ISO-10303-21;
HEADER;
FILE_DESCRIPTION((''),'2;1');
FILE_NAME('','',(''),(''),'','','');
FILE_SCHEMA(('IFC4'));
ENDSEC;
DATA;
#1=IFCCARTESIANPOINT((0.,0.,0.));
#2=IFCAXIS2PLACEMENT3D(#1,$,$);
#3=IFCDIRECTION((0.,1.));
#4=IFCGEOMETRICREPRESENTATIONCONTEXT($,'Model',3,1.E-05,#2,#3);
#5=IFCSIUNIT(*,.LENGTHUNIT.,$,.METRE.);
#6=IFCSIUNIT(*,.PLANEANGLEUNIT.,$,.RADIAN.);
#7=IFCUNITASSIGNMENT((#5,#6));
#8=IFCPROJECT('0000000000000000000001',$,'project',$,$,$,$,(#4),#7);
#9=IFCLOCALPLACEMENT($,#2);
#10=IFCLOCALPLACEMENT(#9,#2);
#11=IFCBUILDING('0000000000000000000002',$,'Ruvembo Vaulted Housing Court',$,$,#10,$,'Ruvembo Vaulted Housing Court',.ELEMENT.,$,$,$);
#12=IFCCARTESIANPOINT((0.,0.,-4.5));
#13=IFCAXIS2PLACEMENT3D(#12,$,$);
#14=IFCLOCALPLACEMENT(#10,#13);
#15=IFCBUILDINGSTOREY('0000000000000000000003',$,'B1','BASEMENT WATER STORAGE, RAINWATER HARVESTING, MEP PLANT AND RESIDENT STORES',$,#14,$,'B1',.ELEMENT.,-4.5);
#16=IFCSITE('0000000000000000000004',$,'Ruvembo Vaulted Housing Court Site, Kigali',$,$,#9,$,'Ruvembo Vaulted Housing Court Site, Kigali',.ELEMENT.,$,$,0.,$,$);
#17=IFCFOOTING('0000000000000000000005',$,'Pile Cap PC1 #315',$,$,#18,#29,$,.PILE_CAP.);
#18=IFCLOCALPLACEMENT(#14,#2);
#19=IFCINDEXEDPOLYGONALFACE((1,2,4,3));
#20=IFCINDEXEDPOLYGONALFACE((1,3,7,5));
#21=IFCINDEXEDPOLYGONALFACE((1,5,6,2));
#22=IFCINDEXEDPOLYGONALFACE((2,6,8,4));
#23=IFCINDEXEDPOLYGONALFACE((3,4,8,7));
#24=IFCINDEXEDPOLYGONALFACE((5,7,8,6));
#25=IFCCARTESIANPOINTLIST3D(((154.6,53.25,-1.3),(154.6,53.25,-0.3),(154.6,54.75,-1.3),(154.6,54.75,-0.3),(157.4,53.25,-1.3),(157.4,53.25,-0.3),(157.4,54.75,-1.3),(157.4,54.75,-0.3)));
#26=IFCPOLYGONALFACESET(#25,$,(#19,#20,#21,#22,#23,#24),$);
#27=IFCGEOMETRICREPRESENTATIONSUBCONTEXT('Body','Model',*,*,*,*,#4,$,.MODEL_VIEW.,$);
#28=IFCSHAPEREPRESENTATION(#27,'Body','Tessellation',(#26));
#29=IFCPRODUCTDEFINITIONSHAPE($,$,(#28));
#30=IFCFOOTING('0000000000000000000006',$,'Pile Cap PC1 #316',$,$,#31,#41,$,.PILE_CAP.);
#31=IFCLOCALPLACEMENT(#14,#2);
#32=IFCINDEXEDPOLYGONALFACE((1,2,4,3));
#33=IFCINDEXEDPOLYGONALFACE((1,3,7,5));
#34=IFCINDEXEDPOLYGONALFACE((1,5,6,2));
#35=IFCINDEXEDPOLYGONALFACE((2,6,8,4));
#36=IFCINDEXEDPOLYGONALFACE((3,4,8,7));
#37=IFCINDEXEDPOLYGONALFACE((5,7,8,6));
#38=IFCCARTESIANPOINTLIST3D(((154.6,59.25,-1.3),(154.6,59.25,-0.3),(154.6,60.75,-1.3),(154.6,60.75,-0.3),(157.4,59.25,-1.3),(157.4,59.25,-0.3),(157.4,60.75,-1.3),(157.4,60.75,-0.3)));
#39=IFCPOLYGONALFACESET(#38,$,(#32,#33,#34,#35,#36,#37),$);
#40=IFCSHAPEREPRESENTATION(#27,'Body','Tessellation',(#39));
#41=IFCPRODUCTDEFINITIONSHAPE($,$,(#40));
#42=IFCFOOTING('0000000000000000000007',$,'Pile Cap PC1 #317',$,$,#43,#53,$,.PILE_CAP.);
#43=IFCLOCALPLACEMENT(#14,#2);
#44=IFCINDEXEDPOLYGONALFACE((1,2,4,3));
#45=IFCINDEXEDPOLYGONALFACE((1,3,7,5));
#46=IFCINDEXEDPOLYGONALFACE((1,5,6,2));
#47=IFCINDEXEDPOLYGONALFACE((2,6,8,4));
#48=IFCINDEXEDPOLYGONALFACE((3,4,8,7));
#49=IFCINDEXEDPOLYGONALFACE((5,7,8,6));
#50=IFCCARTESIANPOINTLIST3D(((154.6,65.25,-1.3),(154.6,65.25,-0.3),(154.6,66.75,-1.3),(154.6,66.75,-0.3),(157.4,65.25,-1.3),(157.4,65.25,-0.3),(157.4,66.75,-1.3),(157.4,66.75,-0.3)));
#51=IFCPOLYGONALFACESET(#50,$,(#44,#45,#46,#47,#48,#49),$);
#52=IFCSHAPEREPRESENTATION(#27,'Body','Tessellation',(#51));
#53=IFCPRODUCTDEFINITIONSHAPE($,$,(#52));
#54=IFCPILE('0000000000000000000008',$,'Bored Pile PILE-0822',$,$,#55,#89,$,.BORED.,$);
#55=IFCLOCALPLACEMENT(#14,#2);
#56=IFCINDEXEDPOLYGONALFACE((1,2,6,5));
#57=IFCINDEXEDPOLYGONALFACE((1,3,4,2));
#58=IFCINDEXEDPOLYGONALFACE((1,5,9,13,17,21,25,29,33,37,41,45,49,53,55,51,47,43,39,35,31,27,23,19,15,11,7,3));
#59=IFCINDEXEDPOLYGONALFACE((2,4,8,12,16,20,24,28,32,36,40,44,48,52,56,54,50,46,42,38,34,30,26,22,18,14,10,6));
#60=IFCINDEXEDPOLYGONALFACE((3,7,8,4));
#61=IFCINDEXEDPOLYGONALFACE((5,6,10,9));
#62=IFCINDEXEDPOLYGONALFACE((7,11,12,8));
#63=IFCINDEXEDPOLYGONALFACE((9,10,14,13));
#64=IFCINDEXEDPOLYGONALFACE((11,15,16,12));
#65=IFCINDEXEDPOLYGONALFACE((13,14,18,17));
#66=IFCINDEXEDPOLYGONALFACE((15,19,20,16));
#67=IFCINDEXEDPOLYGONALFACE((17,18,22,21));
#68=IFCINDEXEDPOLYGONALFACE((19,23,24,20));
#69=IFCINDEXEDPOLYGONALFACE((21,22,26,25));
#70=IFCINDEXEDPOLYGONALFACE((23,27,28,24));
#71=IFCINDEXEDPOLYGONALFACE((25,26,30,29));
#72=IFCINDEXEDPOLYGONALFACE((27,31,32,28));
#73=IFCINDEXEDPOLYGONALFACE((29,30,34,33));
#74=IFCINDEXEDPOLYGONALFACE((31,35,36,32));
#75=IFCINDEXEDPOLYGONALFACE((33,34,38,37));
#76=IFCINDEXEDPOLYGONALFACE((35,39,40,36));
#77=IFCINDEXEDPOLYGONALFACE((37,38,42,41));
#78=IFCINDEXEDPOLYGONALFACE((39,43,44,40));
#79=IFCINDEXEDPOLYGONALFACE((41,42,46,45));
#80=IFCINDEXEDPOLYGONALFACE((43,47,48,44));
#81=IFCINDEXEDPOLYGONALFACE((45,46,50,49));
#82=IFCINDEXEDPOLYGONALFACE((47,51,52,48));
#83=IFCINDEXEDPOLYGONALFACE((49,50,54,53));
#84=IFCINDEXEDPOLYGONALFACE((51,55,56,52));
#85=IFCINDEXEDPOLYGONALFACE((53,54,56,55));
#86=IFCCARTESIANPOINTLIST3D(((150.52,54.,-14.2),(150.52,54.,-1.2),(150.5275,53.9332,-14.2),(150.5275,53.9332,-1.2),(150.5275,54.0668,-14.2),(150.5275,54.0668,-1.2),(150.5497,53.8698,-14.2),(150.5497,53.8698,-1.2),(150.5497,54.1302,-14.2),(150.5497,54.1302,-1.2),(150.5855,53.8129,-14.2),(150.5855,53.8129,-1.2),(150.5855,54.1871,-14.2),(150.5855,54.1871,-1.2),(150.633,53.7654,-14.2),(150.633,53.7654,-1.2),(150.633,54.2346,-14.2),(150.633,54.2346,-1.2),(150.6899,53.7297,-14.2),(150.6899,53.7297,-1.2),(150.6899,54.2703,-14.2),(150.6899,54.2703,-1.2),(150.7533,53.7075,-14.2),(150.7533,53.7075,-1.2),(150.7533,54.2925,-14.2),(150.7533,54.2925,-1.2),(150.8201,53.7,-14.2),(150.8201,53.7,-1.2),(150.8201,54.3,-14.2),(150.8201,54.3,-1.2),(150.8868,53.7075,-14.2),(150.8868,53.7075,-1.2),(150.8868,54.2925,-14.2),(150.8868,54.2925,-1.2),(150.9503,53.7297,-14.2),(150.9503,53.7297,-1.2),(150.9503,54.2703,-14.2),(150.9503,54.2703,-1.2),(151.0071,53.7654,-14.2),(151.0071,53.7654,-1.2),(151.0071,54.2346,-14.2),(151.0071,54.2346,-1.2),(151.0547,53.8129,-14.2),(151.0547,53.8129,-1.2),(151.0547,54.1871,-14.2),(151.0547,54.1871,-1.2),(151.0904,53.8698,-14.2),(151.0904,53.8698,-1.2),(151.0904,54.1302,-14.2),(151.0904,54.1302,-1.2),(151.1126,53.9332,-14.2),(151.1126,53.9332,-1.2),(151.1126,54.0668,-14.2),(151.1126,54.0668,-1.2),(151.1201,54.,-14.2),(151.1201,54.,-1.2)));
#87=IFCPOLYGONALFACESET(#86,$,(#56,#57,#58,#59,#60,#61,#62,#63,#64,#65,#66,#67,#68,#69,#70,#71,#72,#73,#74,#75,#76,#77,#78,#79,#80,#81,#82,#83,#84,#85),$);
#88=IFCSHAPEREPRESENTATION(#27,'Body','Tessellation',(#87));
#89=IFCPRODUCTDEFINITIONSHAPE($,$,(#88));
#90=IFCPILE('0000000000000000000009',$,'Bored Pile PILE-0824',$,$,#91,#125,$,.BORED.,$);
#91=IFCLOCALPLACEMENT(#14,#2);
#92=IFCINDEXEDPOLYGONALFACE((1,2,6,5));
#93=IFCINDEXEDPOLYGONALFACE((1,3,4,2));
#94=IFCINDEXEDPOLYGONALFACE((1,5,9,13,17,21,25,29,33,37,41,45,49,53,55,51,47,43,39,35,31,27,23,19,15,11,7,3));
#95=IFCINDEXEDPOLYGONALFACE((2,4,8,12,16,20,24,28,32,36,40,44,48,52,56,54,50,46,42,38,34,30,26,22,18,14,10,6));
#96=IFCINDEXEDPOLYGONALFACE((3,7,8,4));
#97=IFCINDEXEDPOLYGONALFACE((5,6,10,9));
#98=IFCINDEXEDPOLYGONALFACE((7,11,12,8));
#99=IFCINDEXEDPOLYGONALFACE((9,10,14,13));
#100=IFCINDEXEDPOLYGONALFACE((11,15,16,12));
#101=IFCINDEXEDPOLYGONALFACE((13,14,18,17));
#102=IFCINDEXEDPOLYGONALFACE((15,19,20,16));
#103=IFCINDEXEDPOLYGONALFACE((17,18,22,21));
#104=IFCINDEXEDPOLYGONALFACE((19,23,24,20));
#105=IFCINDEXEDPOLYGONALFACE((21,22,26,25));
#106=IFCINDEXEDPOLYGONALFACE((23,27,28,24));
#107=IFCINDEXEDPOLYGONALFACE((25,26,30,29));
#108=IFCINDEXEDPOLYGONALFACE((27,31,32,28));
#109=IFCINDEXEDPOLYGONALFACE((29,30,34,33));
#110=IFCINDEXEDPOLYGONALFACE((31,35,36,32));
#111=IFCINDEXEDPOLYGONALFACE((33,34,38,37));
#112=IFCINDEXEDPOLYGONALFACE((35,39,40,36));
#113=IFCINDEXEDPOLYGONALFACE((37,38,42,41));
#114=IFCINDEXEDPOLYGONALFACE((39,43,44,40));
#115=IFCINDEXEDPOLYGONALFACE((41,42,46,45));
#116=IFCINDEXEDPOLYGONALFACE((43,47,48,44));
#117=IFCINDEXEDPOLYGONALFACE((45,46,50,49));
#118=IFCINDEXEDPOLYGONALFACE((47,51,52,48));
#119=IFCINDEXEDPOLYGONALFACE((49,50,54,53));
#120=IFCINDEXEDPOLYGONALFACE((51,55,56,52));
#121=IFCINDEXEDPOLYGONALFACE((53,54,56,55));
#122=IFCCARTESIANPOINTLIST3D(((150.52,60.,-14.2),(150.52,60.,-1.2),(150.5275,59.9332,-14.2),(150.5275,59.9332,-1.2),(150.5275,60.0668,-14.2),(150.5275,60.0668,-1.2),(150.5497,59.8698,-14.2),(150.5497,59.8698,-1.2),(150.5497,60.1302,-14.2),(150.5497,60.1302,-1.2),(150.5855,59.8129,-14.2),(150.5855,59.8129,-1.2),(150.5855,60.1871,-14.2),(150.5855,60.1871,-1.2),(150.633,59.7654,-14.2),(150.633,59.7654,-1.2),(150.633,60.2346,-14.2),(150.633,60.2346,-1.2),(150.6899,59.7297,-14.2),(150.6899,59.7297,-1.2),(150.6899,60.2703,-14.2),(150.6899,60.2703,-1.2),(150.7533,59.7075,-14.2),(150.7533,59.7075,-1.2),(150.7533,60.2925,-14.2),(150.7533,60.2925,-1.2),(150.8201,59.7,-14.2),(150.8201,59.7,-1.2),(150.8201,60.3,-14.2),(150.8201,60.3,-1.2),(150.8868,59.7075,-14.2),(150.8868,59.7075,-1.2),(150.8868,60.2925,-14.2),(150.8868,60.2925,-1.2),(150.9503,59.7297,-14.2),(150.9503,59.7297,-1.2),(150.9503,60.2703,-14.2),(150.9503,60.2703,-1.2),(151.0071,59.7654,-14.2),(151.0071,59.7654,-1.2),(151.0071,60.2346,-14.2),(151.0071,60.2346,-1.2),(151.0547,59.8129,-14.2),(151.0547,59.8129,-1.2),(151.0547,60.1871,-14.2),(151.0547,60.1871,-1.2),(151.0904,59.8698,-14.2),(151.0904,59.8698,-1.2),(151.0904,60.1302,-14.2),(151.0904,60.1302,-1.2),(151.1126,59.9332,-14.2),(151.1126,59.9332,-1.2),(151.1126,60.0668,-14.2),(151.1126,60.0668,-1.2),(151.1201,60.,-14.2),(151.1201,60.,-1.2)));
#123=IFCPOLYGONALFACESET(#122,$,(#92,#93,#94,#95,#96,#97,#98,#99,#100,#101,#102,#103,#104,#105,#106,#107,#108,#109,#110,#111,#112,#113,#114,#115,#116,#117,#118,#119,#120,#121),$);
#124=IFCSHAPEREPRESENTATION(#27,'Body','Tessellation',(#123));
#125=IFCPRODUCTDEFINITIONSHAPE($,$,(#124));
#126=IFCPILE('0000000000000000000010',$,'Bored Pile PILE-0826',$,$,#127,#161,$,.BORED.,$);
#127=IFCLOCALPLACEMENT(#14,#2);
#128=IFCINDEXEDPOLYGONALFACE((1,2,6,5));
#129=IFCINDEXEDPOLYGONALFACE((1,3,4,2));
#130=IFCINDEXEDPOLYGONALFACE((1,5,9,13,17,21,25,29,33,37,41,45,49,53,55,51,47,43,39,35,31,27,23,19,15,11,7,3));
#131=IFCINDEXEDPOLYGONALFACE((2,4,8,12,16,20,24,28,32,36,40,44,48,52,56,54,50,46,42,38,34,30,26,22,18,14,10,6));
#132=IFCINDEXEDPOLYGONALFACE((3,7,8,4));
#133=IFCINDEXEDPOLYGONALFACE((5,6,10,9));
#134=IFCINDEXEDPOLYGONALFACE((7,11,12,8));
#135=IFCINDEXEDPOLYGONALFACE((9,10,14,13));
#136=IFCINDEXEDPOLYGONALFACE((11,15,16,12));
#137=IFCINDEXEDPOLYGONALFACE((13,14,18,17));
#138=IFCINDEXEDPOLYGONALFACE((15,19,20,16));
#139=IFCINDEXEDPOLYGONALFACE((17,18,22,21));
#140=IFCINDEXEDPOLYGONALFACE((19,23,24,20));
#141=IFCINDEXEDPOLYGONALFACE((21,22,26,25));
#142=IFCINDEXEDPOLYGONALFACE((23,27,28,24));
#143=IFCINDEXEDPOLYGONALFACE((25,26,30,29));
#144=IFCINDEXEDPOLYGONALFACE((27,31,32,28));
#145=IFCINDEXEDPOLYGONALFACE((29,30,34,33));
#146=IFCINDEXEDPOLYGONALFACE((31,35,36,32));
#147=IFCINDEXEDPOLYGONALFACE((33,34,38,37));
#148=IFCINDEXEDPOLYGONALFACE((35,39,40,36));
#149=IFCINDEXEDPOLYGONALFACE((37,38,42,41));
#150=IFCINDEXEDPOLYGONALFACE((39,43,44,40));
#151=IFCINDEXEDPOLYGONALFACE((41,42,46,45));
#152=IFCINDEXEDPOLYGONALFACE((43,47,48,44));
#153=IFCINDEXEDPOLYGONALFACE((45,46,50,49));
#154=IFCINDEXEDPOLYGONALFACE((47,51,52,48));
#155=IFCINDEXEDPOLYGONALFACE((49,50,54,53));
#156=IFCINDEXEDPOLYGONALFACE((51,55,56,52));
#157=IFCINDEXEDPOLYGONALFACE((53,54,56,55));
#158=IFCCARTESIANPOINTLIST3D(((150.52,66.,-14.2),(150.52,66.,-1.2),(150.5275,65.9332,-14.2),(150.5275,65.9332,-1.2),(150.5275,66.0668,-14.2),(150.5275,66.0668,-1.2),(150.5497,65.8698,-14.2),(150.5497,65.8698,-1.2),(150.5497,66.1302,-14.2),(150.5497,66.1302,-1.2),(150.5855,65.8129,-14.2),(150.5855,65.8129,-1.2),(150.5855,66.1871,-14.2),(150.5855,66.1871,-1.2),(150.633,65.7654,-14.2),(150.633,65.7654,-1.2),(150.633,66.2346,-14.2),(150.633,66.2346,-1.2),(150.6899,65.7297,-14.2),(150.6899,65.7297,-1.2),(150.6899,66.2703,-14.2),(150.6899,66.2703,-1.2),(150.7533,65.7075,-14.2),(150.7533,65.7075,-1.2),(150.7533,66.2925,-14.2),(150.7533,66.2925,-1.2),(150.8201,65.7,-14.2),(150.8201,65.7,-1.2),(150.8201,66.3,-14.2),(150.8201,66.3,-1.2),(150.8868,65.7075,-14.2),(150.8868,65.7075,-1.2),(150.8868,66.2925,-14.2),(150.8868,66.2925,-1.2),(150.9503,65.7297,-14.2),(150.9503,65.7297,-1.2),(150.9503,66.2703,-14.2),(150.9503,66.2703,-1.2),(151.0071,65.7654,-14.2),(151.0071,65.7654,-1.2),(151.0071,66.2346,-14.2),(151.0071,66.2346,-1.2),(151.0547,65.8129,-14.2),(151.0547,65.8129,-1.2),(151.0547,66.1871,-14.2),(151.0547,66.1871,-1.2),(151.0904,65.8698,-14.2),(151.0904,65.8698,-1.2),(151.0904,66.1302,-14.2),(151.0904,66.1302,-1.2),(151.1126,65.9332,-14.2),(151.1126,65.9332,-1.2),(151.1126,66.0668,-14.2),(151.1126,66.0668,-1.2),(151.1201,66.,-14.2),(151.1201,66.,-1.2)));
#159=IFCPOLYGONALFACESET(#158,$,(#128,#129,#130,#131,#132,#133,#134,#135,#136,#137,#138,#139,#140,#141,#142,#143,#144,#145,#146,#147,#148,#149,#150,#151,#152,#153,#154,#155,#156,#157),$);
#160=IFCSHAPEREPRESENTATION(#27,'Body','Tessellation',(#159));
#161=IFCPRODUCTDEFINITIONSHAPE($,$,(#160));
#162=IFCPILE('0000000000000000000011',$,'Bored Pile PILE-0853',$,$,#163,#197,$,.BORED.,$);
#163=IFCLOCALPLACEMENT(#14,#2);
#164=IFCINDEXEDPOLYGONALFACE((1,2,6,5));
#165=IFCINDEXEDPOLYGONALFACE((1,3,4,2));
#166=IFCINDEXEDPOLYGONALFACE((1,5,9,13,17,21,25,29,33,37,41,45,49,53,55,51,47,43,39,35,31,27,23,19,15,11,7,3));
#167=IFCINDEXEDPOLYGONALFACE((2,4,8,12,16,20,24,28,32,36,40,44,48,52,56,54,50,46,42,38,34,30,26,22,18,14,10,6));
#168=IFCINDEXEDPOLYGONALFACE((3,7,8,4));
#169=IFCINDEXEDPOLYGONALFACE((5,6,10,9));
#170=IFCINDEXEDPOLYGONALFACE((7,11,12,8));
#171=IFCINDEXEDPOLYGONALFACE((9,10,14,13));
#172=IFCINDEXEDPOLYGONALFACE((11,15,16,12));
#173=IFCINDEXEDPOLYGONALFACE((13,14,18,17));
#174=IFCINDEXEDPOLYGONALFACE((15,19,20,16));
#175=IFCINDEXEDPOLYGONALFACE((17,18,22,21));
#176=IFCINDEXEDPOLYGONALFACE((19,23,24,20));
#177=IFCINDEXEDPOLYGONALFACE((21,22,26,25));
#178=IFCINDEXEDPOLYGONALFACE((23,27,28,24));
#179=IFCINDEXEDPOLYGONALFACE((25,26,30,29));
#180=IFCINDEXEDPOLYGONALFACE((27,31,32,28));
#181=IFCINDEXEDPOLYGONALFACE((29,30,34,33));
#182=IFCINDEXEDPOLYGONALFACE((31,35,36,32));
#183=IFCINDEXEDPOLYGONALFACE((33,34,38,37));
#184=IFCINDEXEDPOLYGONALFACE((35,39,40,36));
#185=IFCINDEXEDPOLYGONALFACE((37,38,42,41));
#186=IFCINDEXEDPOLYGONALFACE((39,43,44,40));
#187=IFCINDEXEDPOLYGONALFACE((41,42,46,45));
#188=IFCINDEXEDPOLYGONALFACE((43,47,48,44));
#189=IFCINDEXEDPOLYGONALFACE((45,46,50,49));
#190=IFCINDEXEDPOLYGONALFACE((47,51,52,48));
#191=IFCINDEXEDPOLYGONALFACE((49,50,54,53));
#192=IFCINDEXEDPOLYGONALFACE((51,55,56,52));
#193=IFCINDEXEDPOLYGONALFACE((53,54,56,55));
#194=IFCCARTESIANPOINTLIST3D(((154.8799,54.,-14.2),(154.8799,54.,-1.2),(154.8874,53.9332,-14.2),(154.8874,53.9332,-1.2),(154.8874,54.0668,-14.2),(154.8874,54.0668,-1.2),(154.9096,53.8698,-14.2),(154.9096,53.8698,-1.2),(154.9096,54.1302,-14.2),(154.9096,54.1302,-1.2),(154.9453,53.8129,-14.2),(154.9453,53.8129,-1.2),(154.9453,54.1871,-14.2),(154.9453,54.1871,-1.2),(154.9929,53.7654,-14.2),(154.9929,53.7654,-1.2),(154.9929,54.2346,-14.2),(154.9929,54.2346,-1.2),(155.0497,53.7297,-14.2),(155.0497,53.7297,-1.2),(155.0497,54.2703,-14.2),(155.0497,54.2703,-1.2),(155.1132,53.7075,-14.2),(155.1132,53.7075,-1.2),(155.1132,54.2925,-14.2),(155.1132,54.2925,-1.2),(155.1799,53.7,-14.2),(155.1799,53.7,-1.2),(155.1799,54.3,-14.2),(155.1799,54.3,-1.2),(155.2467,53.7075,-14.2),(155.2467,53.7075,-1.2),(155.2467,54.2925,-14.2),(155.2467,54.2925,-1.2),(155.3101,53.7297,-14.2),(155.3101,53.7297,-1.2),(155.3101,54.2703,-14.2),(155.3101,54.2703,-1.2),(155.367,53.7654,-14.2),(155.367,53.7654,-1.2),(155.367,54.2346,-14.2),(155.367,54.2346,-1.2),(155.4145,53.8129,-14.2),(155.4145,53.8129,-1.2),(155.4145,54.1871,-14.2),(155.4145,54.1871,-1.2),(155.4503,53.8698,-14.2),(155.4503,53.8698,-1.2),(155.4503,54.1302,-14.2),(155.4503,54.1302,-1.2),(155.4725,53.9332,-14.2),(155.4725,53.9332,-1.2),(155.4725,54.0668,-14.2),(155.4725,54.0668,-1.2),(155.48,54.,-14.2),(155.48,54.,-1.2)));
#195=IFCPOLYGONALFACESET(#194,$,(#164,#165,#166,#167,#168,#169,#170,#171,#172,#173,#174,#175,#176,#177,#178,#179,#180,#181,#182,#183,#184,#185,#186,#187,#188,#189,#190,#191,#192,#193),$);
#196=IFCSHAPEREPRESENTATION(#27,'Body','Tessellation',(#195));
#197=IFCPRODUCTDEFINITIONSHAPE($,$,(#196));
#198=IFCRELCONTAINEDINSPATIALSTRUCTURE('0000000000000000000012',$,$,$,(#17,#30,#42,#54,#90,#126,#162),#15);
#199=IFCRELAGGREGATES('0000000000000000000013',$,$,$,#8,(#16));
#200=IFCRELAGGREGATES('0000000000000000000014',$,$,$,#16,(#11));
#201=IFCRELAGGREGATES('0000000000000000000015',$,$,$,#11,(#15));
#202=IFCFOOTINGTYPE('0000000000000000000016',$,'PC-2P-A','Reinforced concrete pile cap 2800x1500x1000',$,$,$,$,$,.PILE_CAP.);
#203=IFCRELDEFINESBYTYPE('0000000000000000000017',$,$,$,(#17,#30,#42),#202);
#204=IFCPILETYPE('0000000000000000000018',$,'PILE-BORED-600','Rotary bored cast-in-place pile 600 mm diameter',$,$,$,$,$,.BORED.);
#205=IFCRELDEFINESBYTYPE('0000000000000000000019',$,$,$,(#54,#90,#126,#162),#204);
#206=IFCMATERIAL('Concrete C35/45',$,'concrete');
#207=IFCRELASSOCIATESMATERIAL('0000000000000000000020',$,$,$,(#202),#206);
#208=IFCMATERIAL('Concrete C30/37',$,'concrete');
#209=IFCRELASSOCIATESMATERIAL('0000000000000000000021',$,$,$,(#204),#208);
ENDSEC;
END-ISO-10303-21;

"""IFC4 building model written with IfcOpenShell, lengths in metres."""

from ifc_helpers import new_model, si_unit, direction, frame, origin, origin_2d, place, context, subcontext, project, spatial, rectangle, circle, extrude, material, material_profile, profile_set, type_object, element, save


model = new_model("IFC4")

# Units and contexts
model_context = context("Model", 3, precision=1e-05, world=origin(), true_north=direction((0.0, 1.0)))
body_context = subcontext(model_context, "Body", "Model", "MODEL_VIEW")
ifc_project = project(units=[si_unit("LENGTHUNIT", "METRE"), si_unit("PLANEANGLEUNIT", "RADIAN")], contexts=[model_context])

# Site, building, storey
site_placement = place(None, origin())
site = spatial("IfcSite", under=ifc_project, at=site_placement, Name="Ruvembo Vaulted Housing Court Site, Kigali", LongName="Ruvembo Vaulted Housing Court Site, Kigali", CompositionType="ELEMENT", RefElevation=0.0)
building_placement = place(site_placement, origin())
building = spatial("IfcBuilding", under=site, at=building_placement, Name="Ruvembo Vaulted Housing Court", LongName="Ruvembo Vaulted Housing Court", CompositionType="ELEMENT")
storey_placement = place(building_placement, frame((0.0, 0.0, -4.5)))
storey = spatial("IfcBuildingStorey", under=building, at=storey_placement, Name="B1", Description="BASEMENT WATER STORAGE, RAINWATER HARVESTING, MEP PLANT AND RESIDENT STORES", LongName="B1", CompositionType="ELEMENT", Elevation=-4.5)

# Footings
ifc_material_1 = material(Name="Concrete C35/45", Category="concrete")
footing_type = type_object("IfcFootingType", Name="PC-2P-A", Description="Reinforced concrete pile cap 2800x1500x1000", PredefinedType="PILE_CAP", material=ifc_material_1)
for number, where, z_axis, x_axis, name in (
    (1, (156.0, 54.0, -1.3), (0.0, 0.0, 1.0), (1.0, 0.0, 0.0), "Pile Cap PC1 #315"),
    (2, (156.0, 60.0, -1.3), (0.0, 0.0, 1.0), (1.0, 0.0, 0.0), "Pile Cap PC1 #316"),
    (3, (156.0, 66.0, -1.3), (0.0, 0.0, 1.0), (1.0, 0.0, 0.0), "Pile Cap PC1 #317"),
):
    element("IfcFooting", number, at=place(storey_placement, frame(where, z_axis=z_axis, x_axis=x_axis)), inside=storey, type_object=footing_type, Name=name, PredefinedType="PILE_CAP", context=body_context, shape_type="SweptSolid", body=[
        extrude(rectangle(XDim=2.8, YDim=1.5, at=origin_2d()), origin(), (0.0, 0.0, 1.0), 1.0),
    ])

# Piles
ifc_material_2 = material(Name="Concrete C30/37", Category="concrete")
ifc_material_profile_1 = material_profile(ifc_material_2, circle(Radius=0.3, at=origin_2d()), Name="PILE D600")
ifc_profile_set_1 = profile_set([ifc_material_profile_1], Name="Concrete C30/37")
pile_type = type_object("IfcPileType", Name="PILE-BORED-600", Description="Rotary bored cast-in-place pile 600 mm diameter", PredefinedType="BORED", material=ifc_profile_set_1)
for number, where, z_axis, x_axis, name in (
    (4, (150.8201, 54.0, -1.2), (0.0, 0.0, -1.0), (1.0, 0.0, 0.0), "Bored Pile PILE-0822"),
    (5, (150.8201, 60.0, -1.2), (0.0, 0.0, -1.0), (1.0, 0.0, 0.0), "Bored Pile PILE-0824"),
    (6, (150.8201, 66.0, -1.2), (0.0, 0.0, -1.0), (1.0, 0.0, 0.0), "Bored Pile PILE-0826"),
    (7, (155.1799, 54.0, -1.2), (0.0, 0.0, -1.0), (1.0, 0.0, 0.0), "Bored Pile PILE-0853"),
):
    element("IfcPile", number, at=place(storey_placement, frame(where, z_axis=z_axis, x_axis=x_axis)), inside=storey, type_object=pile_type, Name=name, PredefinedType="BORED", context=body_context, shape_type="SweptSolid", body=[
        extrude(circle(Radius=0.3, at=origin_2d()), origin(), (0.0, 0.0, 1.0), 13.0),
    ])

save(model, "model.ifc")
